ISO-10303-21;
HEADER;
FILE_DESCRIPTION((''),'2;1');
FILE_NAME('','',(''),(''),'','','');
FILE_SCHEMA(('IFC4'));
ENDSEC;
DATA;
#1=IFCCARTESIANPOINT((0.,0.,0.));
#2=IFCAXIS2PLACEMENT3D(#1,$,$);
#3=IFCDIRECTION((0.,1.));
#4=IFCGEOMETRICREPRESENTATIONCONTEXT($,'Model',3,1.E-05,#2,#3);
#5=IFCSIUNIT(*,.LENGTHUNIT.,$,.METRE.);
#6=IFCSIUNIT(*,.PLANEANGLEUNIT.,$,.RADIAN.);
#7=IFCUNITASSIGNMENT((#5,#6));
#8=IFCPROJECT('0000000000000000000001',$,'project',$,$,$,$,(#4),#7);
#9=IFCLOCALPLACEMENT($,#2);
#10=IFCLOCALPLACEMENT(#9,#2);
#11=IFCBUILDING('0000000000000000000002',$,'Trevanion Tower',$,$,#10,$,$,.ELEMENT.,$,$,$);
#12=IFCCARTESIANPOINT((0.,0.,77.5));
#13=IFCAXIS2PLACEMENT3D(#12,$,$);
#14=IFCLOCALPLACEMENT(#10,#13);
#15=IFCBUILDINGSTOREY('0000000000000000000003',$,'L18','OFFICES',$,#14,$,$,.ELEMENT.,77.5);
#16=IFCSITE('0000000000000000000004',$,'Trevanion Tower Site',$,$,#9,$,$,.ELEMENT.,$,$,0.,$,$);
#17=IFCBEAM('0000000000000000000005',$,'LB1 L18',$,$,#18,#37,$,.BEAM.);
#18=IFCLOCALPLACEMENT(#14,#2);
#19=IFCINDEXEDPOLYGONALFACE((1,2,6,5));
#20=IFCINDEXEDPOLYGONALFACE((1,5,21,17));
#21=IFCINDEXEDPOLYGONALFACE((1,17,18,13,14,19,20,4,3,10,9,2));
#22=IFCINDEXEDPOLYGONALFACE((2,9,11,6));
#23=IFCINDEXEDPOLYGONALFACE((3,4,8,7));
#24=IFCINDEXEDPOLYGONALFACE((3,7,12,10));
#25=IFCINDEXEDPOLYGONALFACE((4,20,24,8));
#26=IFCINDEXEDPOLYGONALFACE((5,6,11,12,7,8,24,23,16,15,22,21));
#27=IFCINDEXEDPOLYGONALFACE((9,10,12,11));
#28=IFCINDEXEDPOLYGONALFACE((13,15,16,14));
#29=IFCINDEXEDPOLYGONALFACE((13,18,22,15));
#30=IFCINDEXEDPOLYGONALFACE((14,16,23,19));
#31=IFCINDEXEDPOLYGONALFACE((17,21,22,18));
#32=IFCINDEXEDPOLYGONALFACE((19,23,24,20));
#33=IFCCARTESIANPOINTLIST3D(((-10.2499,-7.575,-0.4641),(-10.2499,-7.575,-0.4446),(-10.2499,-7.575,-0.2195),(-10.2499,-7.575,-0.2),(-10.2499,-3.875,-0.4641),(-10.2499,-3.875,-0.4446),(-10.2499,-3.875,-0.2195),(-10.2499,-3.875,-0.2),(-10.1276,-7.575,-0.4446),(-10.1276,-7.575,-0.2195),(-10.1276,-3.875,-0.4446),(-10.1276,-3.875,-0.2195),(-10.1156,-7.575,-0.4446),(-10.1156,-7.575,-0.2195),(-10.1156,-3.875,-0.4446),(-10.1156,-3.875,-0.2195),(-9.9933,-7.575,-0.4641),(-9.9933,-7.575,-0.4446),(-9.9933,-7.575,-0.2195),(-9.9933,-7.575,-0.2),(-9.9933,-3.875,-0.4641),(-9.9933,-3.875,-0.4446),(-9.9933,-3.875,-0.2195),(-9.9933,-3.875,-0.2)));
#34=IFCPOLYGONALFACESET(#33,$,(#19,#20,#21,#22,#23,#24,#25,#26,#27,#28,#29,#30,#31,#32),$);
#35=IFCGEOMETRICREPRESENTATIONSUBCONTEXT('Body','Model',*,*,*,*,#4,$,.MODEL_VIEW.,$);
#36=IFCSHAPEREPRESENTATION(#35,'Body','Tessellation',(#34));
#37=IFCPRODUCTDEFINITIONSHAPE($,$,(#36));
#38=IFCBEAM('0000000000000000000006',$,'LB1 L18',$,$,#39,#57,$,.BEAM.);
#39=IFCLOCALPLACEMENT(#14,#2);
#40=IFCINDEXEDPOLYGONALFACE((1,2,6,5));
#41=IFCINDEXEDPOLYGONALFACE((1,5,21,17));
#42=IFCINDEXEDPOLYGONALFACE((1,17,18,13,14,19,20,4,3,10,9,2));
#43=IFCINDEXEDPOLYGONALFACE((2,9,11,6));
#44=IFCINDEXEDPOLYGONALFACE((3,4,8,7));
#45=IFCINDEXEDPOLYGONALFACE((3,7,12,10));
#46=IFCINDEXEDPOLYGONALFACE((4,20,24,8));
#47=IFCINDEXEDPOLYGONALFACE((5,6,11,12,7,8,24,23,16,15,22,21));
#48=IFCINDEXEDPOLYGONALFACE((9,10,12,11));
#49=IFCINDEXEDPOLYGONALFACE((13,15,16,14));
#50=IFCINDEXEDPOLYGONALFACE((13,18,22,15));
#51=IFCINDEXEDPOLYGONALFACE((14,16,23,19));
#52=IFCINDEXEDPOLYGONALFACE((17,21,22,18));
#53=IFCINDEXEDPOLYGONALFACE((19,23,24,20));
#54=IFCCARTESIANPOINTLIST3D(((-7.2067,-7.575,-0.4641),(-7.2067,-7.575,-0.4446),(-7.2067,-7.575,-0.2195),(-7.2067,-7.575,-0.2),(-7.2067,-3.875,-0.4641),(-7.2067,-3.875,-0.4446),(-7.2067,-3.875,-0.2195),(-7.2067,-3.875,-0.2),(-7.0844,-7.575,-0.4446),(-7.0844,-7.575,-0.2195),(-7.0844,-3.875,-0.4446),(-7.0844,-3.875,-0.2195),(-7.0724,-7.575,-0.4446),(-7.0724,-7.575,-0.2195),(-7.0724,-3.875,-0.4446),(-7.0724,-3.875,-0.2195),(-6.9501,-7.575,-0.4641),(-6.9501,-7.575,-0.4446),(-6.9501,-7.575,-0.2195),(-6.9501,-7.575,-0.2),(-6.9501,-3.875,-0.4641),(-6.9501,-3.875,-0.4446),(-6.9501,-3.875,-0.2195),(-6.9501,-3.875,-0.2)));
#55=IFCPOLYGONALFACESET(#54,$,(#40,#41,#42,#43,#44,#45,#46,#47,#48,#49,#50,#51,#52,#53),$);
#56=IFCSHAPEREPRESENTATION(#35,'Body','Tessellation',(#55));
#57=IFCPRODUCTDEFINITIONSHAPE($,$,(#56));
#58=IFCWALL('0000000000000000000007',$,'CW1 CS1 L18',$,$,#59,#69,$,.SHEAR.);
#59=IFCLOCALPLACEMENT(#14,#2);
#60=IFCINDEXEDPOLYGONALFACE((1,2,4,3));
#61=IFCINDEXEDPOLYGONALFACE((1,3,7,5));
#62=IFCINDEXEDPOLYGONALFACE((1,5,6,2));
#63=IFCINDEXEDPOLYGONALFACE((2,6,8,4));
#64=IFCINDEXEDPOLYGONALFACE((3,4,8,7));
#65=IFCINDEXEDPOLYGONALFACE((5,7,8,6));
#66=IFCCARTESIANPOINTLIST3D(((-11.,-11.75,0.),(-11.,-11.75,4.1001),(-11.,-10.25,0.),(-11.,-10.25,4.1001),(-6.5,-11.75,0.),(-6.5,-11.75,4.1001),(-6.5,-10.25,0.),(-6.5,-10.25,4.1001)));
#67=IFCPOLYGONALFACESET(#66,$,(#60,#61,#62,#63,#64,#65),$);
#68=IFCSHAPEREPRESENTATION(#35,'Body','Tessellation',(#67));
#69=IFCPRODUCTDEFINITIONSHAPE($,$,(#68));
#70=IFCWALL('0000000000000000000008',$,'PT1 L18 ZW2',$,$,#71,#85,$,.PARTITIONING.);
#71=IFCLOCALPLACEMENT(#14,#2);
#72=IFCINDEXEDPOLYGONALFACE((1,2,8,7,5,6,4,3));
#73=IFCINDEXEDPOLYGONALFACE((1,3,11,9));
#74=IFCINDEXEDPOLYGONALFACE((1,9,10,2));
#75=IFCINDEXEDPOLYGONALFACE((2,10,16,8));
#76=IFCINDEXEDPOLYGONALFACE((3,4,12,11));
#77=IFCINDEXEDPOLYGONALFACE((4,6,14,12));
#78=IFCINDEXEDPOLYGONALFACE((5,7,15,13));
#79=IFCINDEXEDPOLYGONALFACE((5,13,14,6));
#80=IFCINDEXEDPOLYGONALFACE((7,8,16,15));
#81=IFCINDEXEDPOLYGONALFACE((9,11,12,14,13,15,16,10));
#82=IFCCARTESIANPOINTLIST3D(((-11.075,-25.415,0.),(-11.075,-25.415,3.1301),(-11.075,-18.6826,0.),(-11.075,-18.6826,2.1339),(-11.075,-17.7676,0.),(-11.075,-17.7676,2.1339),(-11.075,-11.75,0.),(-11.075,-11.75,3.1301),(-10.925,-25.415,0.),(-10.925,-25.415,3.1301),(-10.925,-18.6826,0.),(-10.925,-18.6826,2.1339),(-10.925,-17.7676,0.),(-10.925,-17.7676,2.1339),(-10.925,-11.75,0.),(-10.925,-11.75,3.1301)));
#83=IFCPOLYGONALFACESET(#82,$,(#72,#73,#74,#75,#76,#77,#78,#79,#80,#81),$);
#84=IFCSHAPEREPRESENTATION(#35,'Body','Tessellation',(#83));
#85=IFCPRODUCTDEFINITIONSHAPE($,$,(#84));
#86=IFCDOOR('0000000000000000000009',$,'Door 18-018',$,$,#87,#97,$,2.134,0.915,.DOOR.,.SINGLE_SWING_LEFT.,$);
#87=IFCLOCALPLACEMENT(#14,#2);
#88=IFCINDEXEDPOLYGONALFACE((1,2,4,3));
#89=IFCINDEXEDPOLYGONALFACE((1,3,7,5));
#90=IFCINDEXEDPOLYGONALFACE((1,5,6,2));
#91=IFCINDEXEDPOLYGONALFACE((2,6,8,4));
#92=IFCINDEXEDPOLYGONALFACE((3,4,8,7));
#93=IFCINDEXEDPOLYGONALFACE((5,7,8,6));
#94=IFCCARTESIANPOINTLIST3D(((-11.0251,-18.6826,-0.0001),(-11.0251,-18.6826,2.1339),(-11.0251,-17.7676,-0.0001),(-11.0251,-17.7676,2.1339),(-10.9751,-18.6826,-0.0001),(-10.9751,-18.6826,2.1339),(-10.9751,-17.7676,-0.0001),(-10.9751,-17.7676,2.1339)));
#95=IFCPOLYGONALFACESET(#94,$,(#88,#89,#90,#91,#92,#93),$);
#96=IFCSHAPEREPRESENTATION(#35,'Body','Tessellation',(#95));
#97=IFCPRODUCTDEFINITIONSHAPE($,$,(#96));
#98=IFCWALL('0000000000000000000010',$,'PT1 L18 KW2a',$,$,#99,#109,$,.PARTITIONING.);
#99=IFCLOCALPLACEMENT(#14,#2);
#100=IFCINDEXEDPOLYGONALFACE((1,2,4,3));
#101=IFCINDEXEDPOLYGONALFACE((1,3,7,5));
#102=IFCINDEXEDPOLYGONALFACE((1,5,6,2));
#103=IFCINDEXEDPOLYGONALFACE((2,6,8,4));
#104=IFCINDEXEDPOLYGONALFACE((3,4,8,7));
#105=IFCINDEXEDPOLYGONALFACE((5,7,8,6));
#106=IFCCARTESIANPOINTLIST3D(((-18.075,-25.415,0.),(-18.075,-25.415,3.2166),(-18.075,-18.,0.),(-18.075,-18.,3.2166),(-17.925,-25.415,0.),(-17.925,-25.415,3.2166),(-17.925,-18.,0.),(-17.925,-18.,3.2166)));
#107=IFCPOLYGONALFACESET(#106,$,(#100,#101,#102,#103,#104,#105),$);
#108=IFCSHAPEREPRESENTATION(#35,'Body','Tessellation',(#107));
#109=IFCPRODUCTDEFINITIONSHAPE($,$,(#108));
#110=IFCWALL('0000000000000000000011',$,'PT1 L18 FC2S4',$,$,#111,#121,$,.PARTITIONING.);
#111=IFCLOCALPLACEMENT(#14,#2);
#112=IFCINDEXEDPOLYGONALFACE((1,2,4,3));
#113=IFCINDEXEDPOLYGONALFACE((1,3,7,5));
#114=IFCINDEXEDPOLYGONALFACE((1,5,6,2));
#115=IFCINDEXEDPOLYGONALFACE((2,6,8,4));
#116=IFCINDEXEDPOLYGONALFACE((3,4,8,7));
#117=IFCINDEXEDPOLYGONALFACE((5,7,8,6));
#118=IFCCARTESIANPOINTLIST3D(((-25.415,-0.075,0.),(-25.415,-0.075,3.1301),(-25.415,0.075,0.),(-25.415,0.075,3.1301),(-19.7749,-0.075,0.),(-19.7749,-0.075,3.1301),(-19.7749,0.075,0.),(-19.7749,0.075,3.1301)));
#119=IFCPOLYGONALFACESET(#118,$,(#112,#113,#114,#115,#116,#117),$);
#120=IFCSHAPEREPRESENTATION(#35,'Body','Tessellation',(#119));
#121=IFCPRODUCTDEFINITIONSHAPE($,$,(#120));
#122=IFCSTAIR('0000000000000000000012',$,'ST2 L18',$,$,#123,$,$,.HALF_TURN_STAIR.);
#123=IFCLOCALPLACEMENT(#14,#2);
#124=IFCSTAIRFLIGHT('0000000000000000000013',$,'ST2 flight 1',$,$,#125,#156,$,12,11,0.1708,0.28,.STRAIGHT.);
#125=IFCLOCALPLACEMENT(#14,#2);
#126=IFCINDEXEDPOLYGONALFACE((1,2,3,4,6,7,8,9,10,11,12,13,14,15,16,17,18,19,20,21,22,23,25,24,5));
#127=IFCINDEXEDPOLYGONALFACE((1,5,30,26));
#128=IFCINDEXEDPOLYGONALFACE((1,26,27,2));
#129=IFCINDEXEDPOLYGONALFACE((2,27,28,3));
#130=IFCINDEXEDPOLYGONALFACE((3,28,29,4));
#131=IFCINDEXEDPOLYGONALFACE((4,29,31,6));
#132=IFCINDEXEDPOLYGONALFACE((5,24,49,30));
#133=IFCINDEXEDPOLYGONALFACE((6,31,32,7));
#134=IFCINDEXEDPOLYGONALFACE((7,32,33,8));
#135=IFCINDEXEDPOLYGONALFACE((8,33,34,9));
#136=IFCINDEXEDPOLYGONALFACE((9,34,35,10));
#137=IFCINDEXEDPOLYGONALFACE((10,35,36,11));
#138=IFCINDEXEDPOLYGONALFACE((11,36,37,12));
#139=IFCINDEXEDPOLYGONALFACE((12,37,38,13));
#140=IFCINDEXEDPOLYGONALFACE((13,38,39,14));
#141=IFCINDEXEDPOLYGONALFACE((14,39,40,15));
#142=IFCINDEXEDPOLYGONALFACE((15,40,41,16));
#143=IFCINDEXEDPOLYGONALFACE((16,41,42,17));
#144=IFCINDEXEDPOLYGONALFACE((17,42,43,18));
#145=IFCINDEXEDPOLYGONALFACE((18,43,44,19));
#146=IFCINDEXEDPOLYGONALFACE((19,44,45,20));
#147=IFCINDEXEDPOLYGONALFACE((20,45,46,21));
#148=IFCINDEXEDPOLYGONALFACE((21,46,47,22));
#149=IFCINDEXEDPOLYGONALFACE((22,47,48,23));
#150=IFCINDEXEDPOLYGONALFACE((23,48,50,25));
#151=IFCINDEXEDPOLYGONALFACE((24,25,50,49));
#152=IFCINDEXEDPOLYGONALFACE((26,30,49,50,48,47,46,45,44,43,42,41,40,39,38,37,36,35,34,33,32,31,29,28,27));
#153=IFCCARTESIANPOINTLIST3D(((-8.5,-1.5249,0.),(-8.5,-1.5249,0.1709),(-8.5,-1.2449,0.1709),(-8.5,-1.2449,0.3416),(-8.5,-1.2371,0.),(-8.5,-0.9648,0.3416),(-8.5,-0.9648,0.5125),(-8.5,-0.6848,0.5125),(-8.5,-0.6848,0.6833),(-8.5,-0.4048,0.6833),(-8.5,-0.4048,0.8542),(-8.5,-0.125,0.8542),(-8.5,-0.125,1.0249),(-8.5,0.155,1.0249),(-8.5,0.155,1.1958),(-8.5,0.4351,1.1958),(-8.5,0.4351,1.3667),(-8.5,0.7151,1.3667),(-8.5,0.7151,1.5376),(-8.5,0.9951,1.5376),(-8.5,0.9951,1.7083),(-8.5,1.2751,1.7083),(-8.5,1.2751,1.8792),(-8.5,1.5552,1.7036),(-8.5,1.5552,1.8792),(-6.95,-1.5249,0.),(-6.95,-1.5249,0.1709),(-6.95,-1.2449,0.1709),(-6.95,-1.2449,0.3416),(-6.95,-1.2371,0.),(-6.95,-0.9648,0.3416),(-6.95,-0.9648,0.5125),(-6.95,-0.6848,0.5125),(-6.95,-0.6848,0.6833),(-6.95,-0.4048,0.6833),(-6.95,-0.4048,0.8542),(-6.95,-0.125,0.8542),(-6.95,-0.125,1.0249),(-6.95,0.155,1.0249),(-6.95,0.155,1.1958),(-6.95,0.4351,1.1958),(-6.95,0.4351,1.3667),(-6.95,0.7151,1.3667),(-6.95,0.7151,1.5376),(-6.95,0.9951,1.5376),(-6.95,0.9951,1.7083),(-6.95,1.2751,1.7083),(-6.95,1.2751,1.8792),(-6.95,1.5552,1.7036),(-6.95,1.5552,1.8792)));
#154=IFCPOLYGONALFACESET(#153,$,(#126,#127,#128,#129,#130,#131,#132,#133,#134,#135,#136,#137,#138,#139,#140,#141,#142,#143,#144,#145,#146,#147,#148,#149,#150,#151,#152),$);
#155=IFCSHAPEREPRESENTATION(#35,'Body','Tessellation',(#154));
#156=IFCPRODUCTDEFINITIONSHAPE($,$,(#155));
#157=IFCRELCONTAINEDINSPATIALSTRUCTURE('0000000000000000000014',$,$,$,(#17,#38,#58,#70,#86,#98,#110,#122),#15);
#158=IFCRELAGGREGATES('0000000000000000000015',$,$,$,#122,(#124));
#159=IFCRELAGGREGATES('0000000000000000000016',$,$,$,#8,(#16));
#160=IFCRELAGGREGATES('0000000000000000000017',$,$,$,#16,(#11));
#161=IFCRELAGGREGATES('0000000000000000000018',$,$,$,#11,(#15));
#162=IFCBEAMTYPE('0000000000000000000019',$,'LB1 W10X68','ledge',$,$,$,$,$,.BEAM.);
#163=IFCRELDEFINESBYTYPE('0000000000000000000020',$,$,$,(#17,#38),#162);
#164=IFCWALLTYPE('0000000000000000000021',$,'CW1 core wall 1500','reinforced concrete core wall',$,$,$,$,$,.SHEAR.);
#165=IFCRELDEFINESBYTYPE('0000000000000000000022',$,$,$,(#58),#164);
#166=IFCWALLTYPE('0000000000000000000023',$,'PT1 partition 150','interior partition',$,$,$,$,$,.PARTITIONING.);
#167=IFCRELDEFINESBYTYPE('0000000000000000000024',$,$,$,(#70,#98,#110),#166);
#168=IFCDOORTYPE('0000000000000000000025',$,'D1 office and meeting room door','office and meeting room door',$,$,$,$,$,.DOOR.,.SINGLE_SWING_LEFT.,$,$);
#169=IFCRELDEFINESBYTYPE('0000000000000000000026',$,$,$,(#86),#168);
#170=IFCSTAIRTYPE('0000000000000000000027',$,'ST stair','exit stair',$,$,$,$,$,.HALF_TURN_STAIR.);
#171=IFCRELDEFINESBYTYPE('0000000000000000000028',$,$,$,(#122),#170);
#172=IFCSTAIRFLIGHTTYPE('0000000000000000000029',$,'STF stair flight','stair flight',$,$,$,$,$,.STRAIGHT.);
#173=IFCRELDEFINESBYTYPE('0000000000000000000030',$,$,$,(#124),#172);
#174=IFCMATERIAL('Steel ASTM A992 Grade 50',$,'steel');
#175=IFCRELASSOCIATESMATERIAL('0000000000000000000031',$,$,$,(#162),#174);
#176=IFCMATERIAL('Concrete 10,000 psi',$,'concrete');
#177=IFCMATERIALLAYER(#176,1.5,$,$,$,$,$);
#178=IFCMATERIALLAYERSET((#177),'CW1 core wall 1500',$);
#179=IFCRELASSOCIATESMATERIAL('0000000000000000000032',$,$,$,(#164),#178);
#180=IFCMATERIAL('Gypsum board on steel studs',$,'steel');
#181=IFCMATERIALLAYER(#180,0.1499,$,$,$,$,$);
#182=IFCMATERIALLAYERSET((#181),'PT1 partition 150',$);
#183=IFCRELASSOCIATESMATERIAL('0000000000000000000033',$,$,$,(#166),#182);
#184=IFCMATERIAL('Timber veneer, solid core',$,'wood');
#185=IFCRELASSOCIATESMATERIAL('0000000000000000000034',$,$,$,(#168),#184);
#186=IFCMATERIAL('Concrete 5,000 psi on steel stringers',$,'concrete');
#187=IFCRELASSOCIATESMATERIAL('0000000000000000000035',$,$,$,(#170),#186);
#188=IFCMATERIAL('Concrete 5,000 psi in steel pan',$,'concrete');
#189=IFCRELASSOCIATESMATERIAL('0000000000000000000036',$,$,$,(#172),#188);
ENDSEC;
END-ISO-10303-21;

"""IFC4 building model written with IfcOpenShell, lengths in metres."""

from ifc_helpers import new_model, si_unit, direction, frame, frame_2d, origin, origin_2d, place, context, subcontext, project, spatial, polyline, rectangle, i_section, outline, extrude, material, layer, layer_set, material_profile, profile_set, type_object, element, fill, aggregate, save


model = new_model("IFC4")

# Units and contexts
model_context = context("Model", 3, precision=1e-05, world=origin(), true_north=direction((0.0, 1.0)))
body_context = subcontext(model_context, "Body", "Model", "MODEL_VIEW")
ifc_project = project(units=[si_unit("LENGTHUNIT", "METRE"), si_unit("PLANEANGLEUNIT", "RADIAN")], contexts=[model_context])

# Site, building, storey
site_placement = place(None, origin())
site = spatial("IfcSite", under=ifc_project, at=site_placement, Name="Trevanion Tower Site", CompositionType="ELEMENT", RefElevation=0.0)
building_placement = place(site_placement, origin())
building = spatial("IfcBuilding", under=site, at=building_placement, Name="Trevanion Tower", CompositionType="ELEMENT")
storey_placement = place(building_placement, frame((0.0, 0.0, 77.5)))
storey = spatial("IfcBuildingStorey", under=building, at=storey_placement, Name="L18", Description="OFFICES", CompositionType="ELEMENT", Elevation=77.5)

# Beams
ifc_material_1 = material(Name="Steel ASTM A992 Grade 50", Category="steel")
ifc_material_profile_1 = material_profile(ifc_material_1, i_section(OverallWidth=0.2566, OverallDepth=0.2642, WebThickness=0.012, FlangeThickness=0.0195, at=origin_2d()), Name="W10X68")
ifc_profile_set_1 = profile_set([ifc_material_profile_1], Name="Steel ASTM A992 Grade 50")
beam_type_1 = type_object("IfcBeamType", Name="LB1 W10X68", Description="ledge", PredefinedType="BEAM", material=ifc_profile_set_1)
for number, where, z_axis, x_axis, name in (
    (1, (-10.1216, -7.575, -0.332), (0.0, 1.0, 0.0), (-1.0, 0.0, 0.0), "LB1 L18"),
    (2, (-7.0784, -7.575, -0.332), (0.0, 1.0, 0.0), (-1.0, 0.0, 0.0), "LB1 L18"),
):
    element("IfcBeam", number, at=place(storey_placement, frame(where, z_axis=z_axis, x_axis=x_axis)), inside=storey, type_object=beam_type_1, Name=name, PredefinedType="BEAM", context=body_context, shape_type="SweptSolid", body=[
        extrude(i_section(OverallWidth=0.2566, OverallDepth=0.2642, WebThickness=0.012, FlangeThickness=0.0195, at=origin_2d()), origin(), (0.0, 0.0, 1.0), 3.7),
    ])

# Wall
ifc_material_2 = material(Name="Concrete 10,000 psi", Category="concrete")
ifc_layer_1 = layer(ifc_material_2, 1.5)
ifc_layer_set_1 = layer_set([ifc_layer_1], Name="CW1 core wall 1500")
wall_type_1 = type_object("IfcWallType", Name="CW1 core wall 1500", Description="reinforced concrete core wall", PredefinedType="SHEAR", material=ifc_layer_set_1)
wall_1_placement = place(storey_placement, frame((-11.0, -11.0, 0.0), z_axis=(0.0, 0.0, 1.0), x_axis=(1.0, 0.0, 0.0)))
element("IfcWall", 3, at=wall_1_placement, inside=storey, type_object=wall_type_1, Name="CW1 CS1 L18", PredefinedType="SHEAR", context=body_context, shape_type="SweptSolid", body=[
    extrude(rectangle(XDim=4.5, YDim=1.5, at=frame_2d((2.25, 0.0))), origin(), (0.0, 0.0, 1.0), 4.1001),
])

# Wall, opening, door
ifc_material_3 = material(Name="Gypsum board on steel studs", Category="steel")
ifc_layer_2 = layer(ifc_material_3, 0.1499)
ifc_layer_set_2 = layer_set([ifc_layer_2], Name="PT1 partition 150")
wall_type_2 = type_object("IfcWallType", Name="PT1 partition 150", Description="interior partition", PredefinedType="PARTITIONING", material=ifc_layer_set_2)
wall_2_placement = place(storey_placement, frame((-11.0, -11.75, 0.0), z_axis=(0.0, 0.0, 1.0), x_axis=(0.0, -1.0, 0.0)))
wall_2 = element("IfcWall", 4, at=wall_2_placement, inside=storey, type_object=wall_type_2, Name="PT1 L18 ZW2", PredefinedType="PARTITIONING", context=body_context, shape_type="SweptSolid", body=[
    extrude(rectangle(XDim=13.665, YDim=0.1499, at=frame_2d((6.8325, 0.0))), origin(), (0.0, 0.0, 1.0), 3.1301),
])
opening_placement = place(wall_2_placement, frame((6.0176, 0.0, 0.0)))
opening = element("IfcOpeningElement", 5, at=opening_placement, cuts=wall_2, PredefinedType="OPENING", context=body_context, shape_type="SweptSolid", body=[
    extrude(rectangle(XDim=0.915, YDim=2.134, at=frame_2d((0.4575, 1.0669))), frame((0.0, 0.085, 0.0), z_axis=(0.0, -1.0, 0.0), x_axis=(1.0, 0.0, 0.0)), (0.0, 0.0, 1.0), 0.1699),
])
ifc_material_4 = material(Name="Timber veneer, solid core", Category="wood")
door_type = type_object("IfcDoorType", Name="D1 office and meeting room door", Description="office and meeting room door", OperationType="SINGLE_SWING_LEFT", PredefinedType="DOOR", material=ifc_material_4)
door_placement = place(opening_placement, origin())
door = element("IfcDoor", 6, at=door_placement, inside=storey, type_object=door_type, Name="Door 18-018", OperationType="SINGLE_SWING_LEFT", OverallHeight=2.134, OverallWidth=0.915, PredefinedType="DOOR", context=body_context, shape_type="SweptSolid", body=[
    extrude(rectangle(XDim=0.915, YDim=2.134, at=frame_2d((0.4575, 1.0669))), frame((0.0, 0.0249, 0.0), z_axis=(0.0, -1.0, 0.0), x_axis=(1.0, 0.0, 0.0)), (0.0, 0.0, 1.0), 0.05),
])
fill(opening, door)

# Walls
wall_3_placement = place(storey_placement, frame((-18.0, -18.0, 0.0), z_axis=(0.0, 0.0, 1.0), x_axis=(0.0, -1.0, 0.0)))
element("IfcWall", 7, at=wall_3_placement, inside=storey, type_object=wall_type_2, Name="PT1 L18 KW2a", PredefinedType="PARTITIONING", context=body_context, shape_type="SweptSolid", body=[
    extrude(rectangle(XDim=7.415, YDim=0.1499, at=frame_2d((3.7075, 0.0))), origin(), (0.0, 0.0, 1.0), 3.2166),
])
wall_4_placement = place(storey_placement, frame((-19.7749, 0.0, 0.0), z_axis=(0.0, 0.0, 1.0), x_axis=(-1.0, 0.0, 0.0)))
element("IfcWall", 8, at=wall_4_placement, inside=storey, type_object=wall_type_2, Name="PT1 L18 FC2S4", PredefinedType="PARTITIONING", context=body_context, shape_type="SweptSolid", body=[
    extrude(rectangle(XDim=5.6401, YDim=0.1499, at=frame_2d((2.8201, 0.0))), origin(), (0.0, 0.0, 1.0), 3.1301),
])

# Stair, stair flight
ifc_material_5 = material(Name="Concrete 5,000 psi on steel stringers", Category="concrete")
stair_type = type_object("IfcStairType", Name="ST stair", Description="exit stair", PredefinedType="HALF_TURN_STAIR", material=ifc_material_5)
stair_placement = place(storey_placement, origin())
stair = element("IfcStair", 9, at=stair_placement, inside=storey, type_object=stair_type, Name="ST2 L18", PredefinedType="HALF_TURN_STAIR")
ifc_material_6 = material(Name="Concrete 5,000 psi in steel pan", Category="concrete")
stair_flight_type = type_object("IfcStairFlightType", Name="STF stair flight", Description="stair flight", PredefinedType="STRAIGHT", material=ifc_material_6)
stair_flight_placement = place(storey_placement, frame((-7.7251, -1.5249, 0.0), z_axis=(0.0, 0.0, 1.0), x_axis=(0.0, 1.0, 0.0)))
stair_flight = element("IfcStairFlight", 10, at=stair_flight_placement, type_object=stair_flight_type, Name="ST2 flight 1", NumberOfRisers=12, NumberOfTreads=11, PredefinedType="STRAIGHT", RiserHeight=0.1708, TreadLength=0.28, context=body_context, shape_type="SweptSolid", body=[
    extrude(outline(polyline([(0.0, 0.0), (0.0, 0.1709), (0.28, 0.1709), (0.28, 0.3416), (0.5601, 0.3416), (0.5601, 0.5125), (0.8401, 0.5125), (0.8401, 0.6833), (1.1201, 0.6833), (1.1201, 0.8542), (1.3999, 0.8542), (1.3999, 1.0249), (1.6799, 1.0249), (1.6799, 1.1958), (1.96, 1.1958), (1.96, 1.3667), (2.24, 1.3667), (2.24, 1.5376), (2.52, 1.5376), (2.52, 1.7083), (2.8, 1.7083), (2.8, 1.8792), (3.0801, 1.8792), (3.0801, 2.05), (3.0801, 1.7036), (0.2878, 0.0), (0.0, 0.0)])), frame((0.0, 0.7749, 0.0), z_axis=(0.0, -1.0, 0.0), x_axis=(1.0, 0.0, 0.0)), (0.0, 0.0, 1.0), 1.55),
])
aggregate(stair, [stair_flight])

save(model, "model.ifc")
